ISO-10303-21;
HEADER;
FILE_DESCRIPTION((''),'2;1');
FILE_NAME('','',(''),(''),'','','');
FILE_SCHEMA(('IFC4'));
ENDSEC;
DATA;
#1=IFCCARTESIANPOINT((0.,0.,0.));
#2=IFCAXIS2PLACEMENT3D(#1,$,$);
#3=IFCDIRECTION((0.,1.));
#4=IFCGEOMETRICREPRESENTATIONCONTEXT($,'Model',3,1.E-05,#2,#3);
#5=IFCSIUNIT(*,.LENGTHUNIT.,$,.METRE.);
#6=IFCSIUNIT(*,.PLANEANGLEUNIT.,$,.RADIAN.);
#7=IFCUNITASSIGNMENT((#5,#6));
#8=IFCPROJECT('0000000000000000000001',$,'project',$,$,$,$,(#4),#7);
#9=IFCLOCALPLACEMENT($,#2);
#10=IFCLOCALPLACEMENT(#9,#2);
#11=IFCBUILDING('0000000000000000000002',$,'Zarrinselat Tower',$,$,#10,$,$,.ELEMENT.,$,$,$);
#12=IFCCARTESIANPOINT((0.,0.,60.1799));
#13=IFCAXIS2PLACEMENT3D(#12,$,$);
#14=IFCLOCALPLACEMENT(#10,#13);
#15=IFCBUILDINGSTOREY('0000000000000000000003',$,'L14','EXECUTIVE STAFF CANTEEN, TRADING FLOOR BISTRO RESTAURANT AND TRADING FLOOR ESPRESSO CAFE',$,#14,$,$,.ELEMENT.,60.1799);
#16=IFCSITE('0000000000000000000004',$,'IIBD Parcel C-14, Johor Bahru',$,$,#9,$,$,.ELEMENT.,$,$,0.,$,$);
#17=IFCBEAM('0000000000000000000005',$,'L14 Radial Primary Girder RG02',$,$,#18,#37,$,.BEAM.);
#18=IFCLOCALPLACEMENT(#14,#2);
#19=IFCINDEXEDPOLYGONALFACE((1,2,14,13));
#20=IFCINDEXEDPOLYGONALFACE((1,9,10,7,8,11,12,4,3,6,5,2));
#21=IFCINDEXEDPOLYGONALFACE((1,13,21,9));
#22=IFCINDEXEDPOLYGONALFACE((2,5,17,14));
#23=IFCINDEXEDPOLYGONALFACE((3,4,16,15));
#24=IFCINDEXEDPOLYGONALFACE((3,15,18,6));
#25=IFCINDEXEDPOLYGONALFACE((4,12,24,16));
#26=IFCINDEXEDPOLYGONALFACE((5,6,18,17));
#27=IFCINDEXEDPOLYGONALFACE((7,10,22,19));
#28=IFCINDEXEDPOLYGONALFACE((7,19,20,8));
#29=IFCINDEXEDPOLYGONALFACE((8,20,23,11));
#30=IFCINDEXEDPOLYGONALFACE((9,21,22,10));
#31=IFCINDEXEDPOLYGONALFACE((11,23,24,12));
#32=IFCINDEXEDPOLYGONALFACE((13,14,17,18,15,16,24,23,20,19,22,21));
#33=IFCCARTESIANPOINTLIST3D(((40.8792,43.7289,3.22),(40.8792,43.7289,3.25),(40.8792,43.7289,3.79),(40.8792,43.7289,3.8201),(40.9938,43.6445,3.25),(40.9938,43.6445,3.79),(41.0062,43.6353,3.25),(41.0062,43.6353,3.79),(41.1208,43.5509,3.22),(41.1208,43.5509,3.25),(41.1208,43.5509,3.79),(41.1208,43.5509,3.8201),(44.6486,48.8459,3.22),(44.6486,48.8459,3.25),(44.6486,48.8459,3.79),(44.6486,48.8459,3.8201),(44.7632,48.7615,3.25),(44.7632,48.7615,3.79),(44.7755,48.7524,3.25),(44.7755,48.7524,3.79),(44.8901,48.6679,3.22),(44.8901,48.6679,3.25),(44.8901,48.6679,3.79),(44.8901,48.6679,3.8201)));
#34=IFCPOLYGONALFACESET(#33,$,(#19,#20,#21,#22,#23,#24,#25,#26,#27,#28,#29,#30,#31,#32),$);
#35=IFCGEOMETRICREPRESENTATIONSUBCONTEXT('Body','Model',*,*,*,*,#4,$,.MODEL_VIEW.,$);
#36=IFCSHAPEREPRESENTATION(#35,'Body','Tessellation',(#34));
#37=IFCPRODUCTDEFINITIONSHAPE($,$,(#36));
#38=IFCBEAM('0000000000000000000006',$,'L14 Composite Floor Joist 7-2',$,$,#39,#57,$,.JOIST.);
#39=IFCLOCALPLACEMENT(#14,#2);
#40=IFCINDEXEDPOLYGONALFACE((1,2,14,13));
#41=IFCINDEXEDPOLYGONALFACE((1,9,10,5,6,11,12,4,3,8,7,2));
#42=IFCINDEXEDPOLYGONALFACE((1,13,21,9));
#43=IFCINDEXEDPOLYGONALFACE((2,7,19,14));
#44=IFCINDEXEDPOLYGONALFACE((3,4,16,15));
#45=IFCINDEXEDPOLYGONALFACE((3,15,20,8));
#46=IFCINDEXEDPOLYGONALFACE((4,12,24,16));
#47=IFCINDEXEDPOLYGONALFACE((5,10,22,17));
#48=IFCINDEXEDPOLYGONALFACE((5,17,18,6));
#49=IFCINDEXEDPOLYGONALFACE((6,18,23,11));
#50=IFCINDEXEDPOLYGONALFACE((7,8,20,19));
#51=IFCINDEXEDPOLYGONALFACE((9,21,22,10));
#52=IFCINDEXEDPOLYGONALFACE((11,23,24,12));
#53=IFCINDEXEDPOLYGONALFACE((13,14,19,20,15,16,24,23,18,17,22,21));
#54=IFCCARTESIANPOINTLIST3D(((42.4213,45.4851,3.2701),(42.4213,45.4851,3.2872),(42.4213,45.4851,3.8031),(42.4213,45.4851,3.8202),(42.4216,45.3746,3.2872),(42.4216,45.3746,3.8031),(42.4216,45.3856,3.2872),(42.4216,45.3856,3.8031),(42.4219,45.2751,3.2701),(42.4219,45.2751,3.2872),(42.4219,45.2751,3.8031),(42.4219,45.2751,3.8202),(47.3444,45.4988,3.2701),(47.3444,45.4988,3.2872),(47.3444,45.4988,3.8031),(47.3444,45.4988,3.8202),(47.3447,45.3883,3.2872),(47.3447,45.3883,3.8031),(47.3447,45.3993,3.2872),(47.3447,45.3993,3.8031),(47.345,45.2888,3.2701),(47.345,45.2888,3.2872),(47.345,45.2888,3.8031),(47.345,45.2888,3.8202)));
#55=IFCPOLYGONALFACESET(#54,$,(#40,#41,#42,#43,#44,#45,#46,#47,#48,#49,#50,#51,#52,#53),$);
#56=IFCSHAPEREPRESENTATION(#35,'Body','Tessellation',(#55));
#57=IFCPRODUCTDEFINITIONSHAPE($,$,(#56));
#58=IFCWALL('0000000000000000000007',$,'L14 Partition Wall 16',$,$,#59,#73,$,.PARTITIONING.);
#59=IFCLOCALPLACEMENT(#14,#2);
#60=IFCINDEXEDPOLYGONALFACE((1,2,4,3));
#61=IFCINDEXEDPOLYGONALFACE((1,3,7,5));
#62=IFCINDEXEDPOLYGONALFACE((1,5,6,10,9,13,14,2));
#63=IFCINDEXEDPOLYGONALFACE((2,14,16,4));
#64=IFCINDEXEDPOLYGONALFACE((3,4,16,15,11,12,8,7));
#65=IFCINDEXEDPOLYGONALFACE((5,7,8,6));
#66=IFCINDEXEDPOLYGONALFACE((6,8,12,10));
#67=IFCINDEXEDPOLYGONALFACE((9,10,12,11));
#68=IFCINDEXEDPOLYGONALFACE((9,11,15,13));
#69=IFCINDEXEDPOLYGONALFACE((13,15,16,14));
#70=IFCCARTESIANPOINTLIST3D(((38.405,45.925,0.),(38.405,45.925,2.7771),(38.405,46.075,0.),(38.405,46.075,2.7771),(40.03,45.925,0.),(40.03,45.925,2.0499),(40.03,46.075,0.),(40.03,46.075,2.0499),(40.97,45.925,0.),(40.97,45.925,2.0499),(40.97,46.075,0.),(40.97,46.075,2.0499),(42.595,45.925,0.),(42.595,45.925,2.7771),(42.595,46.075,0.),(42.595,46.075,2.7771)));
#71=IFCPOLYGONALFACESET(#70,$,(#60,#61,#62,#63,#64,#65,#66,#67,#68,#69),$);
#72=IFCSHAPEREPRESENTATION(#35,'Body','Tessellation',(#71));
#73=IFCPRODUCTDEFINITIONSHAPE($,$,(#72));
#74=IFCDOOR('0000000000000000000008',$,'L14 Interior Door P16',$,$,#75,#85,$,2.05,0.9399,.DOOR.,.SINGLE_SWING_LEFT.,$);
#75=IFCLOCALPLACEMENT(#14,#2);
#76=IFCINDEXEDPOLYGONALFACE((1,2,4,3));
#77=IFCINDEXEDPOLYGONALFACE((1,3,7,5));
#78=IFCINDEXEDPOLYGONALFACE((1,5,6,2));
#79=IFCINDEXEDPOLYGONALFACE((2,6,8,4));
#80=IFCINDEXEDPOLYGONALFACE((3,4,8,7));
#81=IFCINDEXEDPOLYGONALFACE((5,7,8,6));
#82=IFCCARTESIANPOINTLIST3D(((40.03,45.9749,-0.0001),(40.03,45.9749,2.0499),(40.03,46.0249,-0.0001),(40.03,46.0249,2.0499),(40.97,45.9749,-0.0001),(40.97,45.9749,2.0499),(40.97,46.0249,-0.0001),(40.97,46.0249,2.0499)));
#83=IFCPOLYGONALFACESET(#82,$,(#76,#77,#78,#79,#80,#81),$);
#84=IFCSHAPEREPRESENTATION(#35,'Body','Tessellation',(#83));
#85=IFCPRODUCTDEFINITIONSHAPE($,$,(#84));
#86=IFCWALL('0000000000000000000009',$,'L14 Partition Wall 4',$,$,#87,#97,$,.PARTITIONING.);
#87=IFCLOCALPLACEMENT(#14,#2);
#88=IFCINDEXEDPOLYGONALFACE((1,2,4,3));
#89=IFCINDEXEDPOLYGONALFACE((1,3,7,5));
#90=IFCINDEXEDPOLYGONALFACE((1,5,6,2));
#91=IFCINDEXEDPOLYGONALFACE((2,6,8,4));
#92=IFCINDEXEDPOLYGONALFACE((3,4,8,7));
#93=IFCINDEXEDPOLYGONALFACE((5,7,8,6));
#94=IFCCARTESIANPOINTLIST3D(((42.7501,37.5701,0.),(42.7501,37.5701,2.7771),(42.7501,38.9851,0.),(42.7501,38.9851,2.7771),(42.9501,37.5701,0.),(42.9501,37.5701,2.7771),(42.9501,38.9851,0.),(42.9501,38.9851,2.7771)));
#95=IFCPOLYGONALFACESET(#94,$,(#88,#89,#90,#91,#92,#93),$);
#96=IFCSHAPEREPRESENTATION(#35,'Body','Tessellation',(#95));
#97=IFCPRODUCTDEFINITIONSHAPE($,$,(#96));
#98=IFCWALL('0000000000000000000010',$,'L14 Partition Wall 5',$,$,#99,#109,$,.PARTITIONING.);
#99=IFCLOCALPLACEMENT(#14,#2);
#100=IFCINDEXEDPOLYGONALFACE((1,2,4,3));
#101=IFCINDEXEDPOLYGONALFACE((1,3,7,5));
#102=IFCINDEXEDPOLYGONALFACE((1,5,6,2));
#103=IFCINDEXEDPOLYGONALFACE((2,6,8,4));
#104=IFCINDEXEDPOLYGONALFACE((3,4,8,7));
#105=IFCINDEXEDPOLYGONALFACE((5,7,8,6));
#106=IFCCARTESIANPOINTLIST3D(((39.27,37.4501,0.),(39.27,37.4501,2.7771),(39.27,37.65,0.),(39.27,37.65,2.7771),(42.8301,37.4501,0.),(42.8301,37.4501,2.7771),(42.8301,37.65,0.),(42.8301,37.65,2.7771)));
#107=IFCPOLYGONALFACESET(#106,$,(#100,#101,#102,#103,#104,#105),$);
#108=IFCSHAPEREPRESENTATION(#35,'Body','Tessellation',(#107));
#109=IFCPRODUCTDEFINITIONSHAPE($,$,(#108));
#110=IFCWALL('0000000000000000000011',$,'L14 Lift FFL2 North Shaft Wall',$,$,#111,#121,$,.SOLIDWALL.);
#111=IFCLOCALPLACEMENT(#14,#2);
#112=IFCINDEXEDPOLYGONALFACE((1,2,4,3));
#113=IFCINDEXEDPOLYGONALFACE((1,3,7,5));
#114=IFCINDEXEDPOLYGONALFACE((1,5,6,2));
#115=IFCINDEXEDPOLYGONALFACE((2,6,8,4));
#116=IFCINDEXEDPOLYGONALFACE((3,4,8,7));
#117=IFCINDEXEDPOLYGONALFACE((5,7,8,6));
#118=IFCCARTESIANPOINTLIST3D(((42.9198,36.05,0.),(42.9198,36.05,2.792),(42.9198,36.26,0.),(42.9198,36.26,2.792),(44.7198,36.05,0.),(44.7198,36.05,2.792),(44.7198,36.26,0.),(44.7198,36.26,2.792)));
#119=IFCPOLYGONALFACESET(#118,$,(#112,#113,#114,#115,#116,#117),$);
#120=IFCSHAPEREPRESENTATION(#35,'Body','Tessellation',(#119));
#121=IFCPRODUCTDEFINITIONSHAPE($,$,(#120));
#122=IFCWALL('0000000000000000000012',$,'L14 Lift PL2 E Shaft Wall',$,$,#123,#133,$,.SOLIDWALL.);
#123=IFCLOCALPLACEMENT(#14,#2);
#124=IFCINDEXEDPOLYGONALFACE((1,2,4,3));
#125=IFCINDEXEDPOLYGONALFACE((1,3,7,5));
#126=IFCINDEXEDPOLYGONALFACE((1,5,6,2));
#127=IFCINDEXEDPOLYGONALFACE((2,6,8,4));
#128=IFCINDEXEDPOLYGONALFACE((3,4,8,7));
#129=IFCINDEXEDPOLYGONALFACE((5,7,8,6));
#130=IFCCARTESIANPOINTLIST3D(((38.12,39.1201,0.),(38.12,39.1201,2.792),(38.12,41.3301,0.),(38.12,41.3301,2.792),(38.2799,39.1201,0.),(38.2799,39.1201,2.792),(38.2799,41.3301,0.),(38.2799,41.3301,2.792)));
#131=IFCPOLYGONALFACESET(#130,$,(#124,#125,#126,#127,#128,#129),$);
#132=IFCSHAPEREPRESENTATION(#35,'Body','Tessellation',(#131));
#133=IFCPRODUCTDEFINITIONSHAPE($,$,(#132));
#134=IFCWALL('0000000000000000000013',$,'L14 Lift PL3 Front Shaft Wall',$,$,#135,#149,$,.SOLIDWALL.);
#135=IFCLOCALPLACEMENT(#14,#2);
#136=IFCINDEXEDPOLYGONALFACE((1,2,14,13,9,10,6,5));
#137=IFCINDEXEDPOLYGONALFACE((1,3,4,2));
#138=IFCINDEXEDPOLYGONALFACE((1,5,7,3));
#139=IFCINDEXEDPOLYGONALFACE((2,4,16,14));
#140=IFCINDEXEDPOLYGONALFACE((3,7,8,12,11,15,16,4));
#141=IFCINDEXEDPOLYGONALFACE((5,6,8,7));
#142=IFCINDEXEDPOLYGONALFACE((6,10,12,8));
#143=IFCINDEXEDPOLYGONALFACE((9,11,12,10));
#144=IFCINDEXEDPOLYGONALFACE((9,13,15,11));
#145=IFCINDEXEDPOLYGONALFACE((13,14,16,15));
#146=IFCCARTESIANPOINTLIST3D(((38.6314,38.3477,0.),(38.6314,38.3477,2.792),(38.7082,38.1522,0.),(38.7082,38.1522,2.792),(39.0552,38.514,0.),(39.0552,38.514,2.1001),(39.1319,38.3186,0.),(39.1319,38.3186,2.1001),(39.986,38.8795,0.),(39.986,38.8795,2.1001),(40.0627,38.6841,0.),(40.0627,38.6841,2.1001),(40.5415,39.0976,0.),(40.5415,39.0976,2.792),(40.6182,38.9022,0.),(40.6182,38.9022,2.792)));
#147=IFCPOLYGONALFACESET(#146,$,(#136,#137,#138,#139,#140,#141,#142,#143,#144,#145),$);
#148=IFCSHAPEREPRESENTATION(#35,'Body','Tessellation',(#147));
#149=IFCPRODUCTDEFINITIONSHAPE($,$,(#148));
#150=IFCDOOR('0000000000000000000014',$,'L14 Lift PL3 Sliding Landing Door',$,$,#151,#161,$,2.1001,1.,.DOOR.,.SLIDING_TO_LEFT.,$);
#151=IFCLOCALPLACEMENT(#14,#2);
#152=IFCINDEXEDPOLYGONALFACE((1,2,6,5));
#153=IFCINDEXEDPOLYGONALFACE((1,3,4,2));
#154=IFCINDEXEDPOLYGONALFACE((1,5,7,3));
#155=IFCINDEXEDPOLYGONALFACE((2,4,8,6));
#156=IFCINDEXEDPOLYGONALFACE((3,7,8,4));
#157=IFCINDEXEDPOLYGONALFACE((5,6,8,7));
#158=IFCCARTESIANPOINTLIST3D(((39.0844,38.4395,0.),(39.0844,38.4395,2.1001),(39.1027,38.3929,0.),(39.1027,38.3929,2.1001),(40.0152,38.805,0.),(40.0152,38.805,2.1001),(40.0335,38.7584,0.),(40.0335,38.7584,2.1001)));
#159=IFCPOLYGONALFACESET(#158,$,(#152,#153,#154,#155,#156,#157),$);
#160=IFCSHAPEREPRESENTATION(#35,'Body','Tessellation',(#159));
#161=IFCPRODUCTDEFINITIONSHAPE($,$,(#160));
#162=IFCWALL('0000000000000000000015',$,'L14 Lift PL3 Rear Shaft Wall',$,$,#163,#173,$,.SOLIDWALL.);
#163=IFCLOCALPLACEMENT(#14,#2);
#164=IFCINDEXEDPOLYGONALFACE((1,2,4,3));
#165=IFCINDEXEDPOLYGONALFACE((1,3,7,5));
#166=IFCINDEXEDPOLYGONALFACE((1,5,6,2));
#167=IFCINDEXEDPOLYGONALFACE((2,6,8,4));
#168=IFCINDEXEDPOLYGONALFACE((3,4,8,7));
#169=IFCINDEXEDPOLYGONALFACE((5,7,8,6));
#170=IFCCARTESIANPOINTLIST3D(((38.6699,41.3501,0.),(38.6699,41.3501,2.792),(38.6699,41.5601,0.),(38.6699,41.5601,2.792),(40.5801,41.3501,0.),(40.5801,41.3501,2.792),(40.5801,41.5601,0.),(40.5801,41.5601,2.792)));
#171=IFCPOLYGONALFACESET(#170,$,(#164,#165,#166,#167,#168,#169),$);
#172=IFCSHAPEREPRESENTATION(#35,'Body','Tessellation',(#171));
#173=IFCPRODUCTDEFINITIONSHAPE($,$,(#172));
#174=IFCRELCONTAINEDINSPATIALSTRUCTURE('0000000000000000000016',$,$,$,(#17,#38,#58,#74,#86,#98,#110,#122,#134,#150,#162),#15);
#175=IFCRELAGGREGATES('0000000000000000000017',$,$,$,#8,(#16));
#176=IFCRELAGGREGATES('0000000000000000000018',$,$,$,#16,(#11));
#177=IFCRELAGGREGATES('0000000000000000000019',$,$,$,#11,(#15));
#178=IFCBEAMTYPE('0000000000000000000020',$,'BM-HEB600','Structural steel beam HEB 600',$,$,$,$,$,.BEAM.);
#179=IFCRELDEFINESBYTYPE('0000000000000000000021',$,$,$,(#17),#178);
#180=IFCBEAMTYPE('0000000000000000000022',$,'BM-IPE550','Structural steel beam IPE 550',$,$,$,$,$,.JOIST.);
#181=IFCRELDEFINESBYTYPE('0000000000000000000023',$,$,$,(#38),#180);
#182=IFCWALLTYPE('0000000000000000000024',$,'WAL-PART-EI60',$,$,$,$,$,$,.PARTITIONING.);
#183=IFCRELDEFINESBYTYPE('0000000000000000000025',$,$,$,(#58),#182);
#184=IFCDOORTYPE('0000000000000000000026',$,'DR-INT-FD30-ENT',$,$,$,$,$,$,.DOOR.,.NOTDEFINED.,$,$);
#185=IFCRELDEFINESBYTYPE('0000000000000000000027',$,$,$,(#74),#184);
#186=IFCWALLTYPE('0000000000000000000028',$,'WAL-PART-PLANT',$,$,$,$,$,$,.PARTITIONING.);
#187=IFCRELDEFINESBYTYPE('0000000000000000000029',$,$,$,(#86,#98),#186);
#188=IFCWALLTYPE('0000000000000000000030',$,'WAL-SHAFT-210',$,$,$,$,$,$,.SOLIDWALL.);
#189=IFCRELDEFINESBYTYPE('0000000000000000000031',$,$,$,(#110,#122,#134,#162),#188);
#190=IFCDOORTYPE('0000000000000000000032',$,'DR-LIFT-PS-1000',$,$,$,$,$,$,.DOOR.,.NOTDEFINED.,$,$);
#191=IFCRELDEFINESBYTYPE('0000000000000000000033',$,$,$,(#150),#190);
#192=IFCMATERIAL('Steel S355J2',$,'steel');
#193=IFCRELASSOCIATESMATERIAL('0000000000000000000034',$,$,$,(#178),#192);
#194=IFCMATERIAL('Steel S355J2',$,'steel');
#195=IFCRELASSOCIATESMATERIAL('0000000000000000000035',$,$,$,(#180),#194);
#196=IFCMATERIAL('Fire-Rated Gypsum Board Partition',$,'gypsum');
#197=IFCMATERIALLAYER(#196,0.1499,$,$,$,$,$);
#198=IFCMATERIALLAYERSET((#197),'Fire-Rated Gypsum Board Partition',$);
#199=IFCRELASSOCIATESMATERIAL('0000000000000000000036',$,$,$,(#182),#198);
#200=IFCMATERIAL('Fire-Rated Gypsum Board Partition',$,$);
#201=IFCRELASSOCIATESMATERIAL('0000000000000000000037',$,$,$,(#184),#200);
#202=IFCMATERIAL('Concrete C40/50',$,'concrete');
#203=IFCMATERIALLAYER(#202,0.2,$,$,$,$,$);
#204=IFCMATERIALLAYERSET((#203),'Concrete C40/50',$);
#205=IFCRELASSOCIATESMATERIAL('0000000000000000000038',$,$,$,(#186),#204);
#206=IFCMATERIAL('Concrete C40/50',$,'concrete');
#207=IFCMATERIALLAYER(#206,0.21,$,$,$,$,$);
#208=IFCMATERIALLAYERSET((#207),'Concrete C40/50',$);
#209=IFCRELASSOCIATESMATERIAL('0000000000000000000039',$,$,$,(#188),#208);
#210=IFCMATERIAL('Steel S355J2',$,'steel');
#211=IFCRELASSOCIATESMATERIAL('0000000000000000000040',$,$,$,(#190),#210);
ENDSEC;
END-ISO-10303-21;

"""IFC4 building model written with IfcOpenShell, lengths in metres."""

from ifc_helpers import new_model, si_unit, direction, frame, frame_2d, origin, origin_2d, place, context, subcontext, project, spatial, rectangle, i_section, extrude, material, layer, layer_set, material_profile, profile_set, type_object, element, fill, save


model = new_model("IFC4")

# Units and contexts
model_context = context("Model", 3, precision=1e-05, world=origin(), true_north=direction((0.0, 1.0)))
body_context = subcontext(model_context, "Body", "Model", "MODEL_VIEW")
ifc_project = project(units=[si_unit("LENGTHUNIT", "METRE"), si_unit("PLANEANGLEUNIT", "RADIAN")], contexts=[model_context])

# Site, building, storey
site_placement = place(None, origin())
site = spatial("IfcSite", under=ifc_project, at=site_placement, Name="IIBD Parcel C-14, Johor Bahru", CompositionType="ELEMENT", RefElevation=0.0)
building_placement = place(site_placement, origin())
building = spatial("IfcBuilding", under=site, at=building_placement, Name="Zarrinselat Tower", CompositionType="ELEMENT")
storey_placement = place(building_placement, frame((0.0, 0.0, 60.1799)))
storey = spatial("IfcBuildingStorey", under=building, at=storey_placement, Name="L14", Description="EXECUTIVE STAFF CANTEEN, TRADING FLOOR BISTRO RESTAURANT AND TRADING FLOOR ESPRESSO CAFE", CompositionType="ELEMENT", Elevation=60.1799)

# Beams
ifc_material_1 = material(Name="Steel S355J2", Category="steel")
ifc_material_profile_1 = material_profile(ifc_material_1, i_section(OverallWidth=0.3, OverallDepth=0.6001, WebThickness=0.0154, FlangeThickness=0.03, at=origin_2d()), Name="HEB 600")
ifc_profile_set_1 = profile_set([ifc_material_profile_1], Name="Steel S355J2")
beam_type_1 = type_object("IfcBeamType", Name="BM-HEB600", Description="Structural steel beam HEB 600", PredefinedType="BEAM", material=ifc_profile_set_1)
beam_1_placement = place(storey_placement, frame((41.0, 43.6399, 3.52), z_axis=(0.593088, 0.805138, 0.0), x_axis=(-0.805138, 0.593088, 0.0)))
element("IfcBeam", 1, at=beam_1_placement, inside=storey, type_object=beam_type_1, Name="L14 Radial Primary Girder RG02", PredefinedType="BEAM", context=body_context, shape_type="SweptSolid", body=[
    extrude(i_section(OverallWidth=0.3, OverallDepth=0.6001, WebThickness=0.0154, FlangeThickness=0.03, at=origin_2d()), origin(), (0.0, 0.0, 1.0), 6.3555),
])
ifc_material_2 = material(Name="Steel S355J2", Category="steel")
ifc_material_profile_2 = material_profile(ifc_material_2, i_section(OverallWidth=0.21, OverallDepth=0.55, WebThickness=0.011, FlangeThickness=0.0171, at=origin_2d()), Name="IPE 550")
ifc_profile_set_2 = profile_set([ifc_material_profile_2], Name="Steel S355J2")
beam_type_2 = type_object("IfcBeamType", Name="BM-IPE550", Description="Structural steel beam IPE 550", PredefinedType="JOIST", material=ifc_profile_set_2)
beam_2_placement = place(storey_placement, frame((42.4216, 45.3801, 3.5452), z_axis=(0.999996, 0.002777, 0.0), x_axis=(-0.002777, 0.999996, 0.0)))
element("IfcBeam", 2, at=beam_2_placement, inside=storey, type_object=beam_type_2, Name="L14 Composite Floor Joist 7-2", PredefinedType="JOIST", context=body_context, shape_type="SweptSolid", body=[
    extrude(i_section(OverallWidth=0.21, OverallDepth=0.55, WebThickness=0.011, FlangeThickness=0.0171, at=origin_2d()), origin(), (0.0, 0.0, 1.0), 4.9231),
])

# Wall, opening, door
ifc_material_3 = material(Name="Fire-Rated Gypsum Board Partition", Category="gypsum")
ifc_layer_1 = layer(ifc_material_3, 0.1499)
ifc_layer_set_1 = layer_set([ifc_layer_1], Name="Fire-Rated Gypsum Board Partition")
wall_type_1 = type_object("IfcWallType", Name="WAL-PART-EI60", PredefinedType="PARTITIONING", material=ifc_layer_set_1)
wall_1_placement = place(storey_placement, frame((38.405, 46.0, 0.0), z_axis=(0.0, 0.0, 1.0), x_axis=(1.0, 0.0, 0.0)))
wall_1 = element("IfcWall", 3, at=wall_1_placement, inside=storey, type_object=wall_type_1, Name="L14 Partition Wall 16", PredefinedType="PARTITIONING", context=body_context, shape_type="SweptSolid", body=[
    extrude(rectangle(XDim=4.1899, YDim=0.1499, at=frame_2d((2.095, 0.0))), origin(), (0.0, 0.0, 1.0), 2.7771),
])
opening_1_placement = place(wall_1_placement, frame((1.625, 0.0, 0.0)))
opening_1 = element("IfcOpeningElement", 4, at=opening_1_placement, cuts=wall_1, PredefinedType="OPENING", context=body_context, shape_type="SweptSolid", body=[
    extrude(rectangle(XDim=0.9399, YDim=2.05, at=frame_2d((0.47, 1.0249))), frame((0.0, 0.085, 0.0), z_axis=(0.0, -1.0, 0.0), x_axis=(1.0, 0.0, 0.0)), (0.0, 0.0, 1.0), 0.1699),
])
ifc_material_4 = material(Name="Fire-Rated Gypsum Board Partition")
door_type_1 = type_object("IfcDoorType", Name="DR-INT-FD30-ENT", OperationType="NOTDEFINED", PredefinedType="DOOR", material=ifc_material_4)
door_1_placement = place(opening_1_placement, origin())
door_1 = element("IfcDoor", 5, at=door_1_placement, inside=storey, type_object=door_type_1, Name="L14 Interior Door P16", OperationType="SINGLE_SWING_LEFT", OverallHeight=2.05, OverallWidth=0.9399, PredefinedType="DOOR", context=body_context, shape_type="SweptSolid", body=[
    extrude(rectangle(XDim=0.9399, YDim=2.05, at=frame_2d((0.47, 1.0249))), frame((0.0, 0.0249, 0.0), z_axis=(0.0, -1.0, 0.0), x_axis=(1.0, 0.0, 0.0)), (0.0, 0.0, 1.0), 0.05),
])
fill(opening_1, door_1)

# Walls
ifc_material_5 = material(Name="Concrete C40/50", Category="concrete")
ifc_layer_2 = layer(ifc_material_5, 0.2)
ifc_layer_set_2 = layer_set([ifc_layer_2], Name="Concrete C40/50")
wall_type_2 = type_object("IfcWallType", Name="WAL-PART-PLANT", PredefinedType="PARTITIONING", material=ifc_layer_set_2)
wall_2_placement = place(storey_placement, frame((42.8501, 37.5701, 0.0), z_axis=(0.0, 0.0, 1.0), x_axis=(0.0, 1.0, 0.0)))
element("IfcWall", 6, at=wall_2_placement, inside=storey, type_object=wall_type_2, Name="L14 Partition Wall 4", PredefinedType="PARTITIONING", context=body_context, shape_type="SweptSolid", body=[
    extrude(rectangle(XDim=1.415, YDim=0.2, at=frame_2d((0.7075, 0.0))), origin(), (0.0, 0.0, 1.0), 2.7771),
])
wall_3_placement = place(storey_placement, frame((39.27, 37.55, 0.0), z_axis=(0.0, 0.0, 1.0), x_axis=(1.0, 0.0, 0.0)))
element("IfcWall", 7, at=wall_3_placement, inside=storey, type_object=wall_type_2, Name="L14 Partition Wall 5", PredefinedType="PARTITIONING", context=body_context, shape_type="SweptSolid", body=[
    extrude(rectangle(XDim=3.5601, YDim=0.2, at=frame_2d((1.78, 0.0))), origin(), (0.0, 0.0, 1.0), 2.7771),
])
ifc_material_6 = material(Name="Concrete C40/50", Category="concrete")
ifc_layer_3 = layer(ifc_material_6, 0.21)
ifc_layer_set_3 = layer_set([ifc_layer_3], Name="Concrete C40/50")
wall_type_3 = type_object("IfcWallType", Name="WAL-SHAFT-210", PredefinedType="SOLIDWALL", material=ifc_layer_set_3)
wall_4_placement = place(storey_placement, frame((42.9199, 36.155, 0.0), z_axis=(0.0, 0.0, 1.0), x_axis=(1.0, 0.0, 0.0)))
element("IfcWall", 8, at=wall_4_placement, inside=storey, type_object=wall_type_3, Name="L14 Lift FFL2 North Shaft Wall", PredefinedType="SOLIDWALL", context=body_context, shape_type="SweptSolid", body=[
    extrude(rectangle(XDim=1.8, YDim=0.21, at=frame_2d((0.8999, 0.0))), origin(), (0.0, 0.0, 1.0), 2.792),
])
wall_5_placement = place(storey_placement, frame((38.2, 39.1201, 0.0), z_axis=(0.0, 0.0, 1.0), x_axis=(0.0, 1.0, 0.0)))
element("IfcWall", 9, at=wall_5_placement, inside=storey, type_object=wall_type_3, Name="L14 Lift PL2 E Shaft Wall", PredefinedType="SOLIDWALL", context=body_context, shape_type="SweptSolid", body=[
    extrude(rectangle(XDim=2.21, YDim=0.1599, at=frame_2d((1.105, 0.0))), origin(), (0.0, 0.0, 1.0), 2.792),
])

# Wall, opening, door
wall_6_placement = place(storey_placement, frame((38.6699, 38.25, 0.0), z_axis=(0.0, 0.0, 1.0), x_axis=(0.930821, 0.365476, 0.0)))
wall_6 = element("IfcWall", 10, at=wall_6_placement, inside=storey, type_object=wall_type_3, Name="L14 Lift PL3 Front Shaft Wall", PredefinedType="SOLIDWALL", context=body_context, shape_type="SweptSolid", body=[
    extrude(rectangle(XDim=2.052, YDim=0.21, at=frame_2d((1.0259, 0.0))), origin(), (0.0, 0.0, 1.0), 2.792),
])
opening_2_placement = place(wall_6_placement, frame((0.4551, 0.0, 0.0)))
opening_2 = element("IfcOpeningElement", 11, at=opening_2_placement, cuts=wall_6, PredefinedType="OPENING", context=body_context, shape_type="SweptSolid", body=[
    extrude(rectangle(XDim=1.0, YDim=2.1001, at=frame_2d((0.5, 1.05))), frame((0.0, 0.115, 0.0), z_axis=(0.0, -1.0, 0.0), x_axis=(1.0, 0.0, 0.0)), (0.0, 0.0, 1.0), 0.23),
])
ifc_material_7 = material(Name="Steel S355J2", Category="steel")
door_type_2 = type_object("IfcDoorType", Name="DR-LIFT-PS-1000", OperationType="NOTDEFINED", PredefinedType="DOOR", material=ifc_material_7)
door_2_placement = place(opening_2_placement, origin())
door_2 = element("IfcDoor", 12, at=door_2_placement, inside=storey, type_object=door_type_2, Name="L14 Lift PL3 Sliding Landing Door", OperationType="SLIDING_TO_LEFT", OverallHeight=2.1001, OverallWidth=1.0, PredefinedType="DOOR", context=body_context, shape_type="SweptSolid", body=[
    extrude(rectangle(XDim=1.0, YDim=2.1001, at=frame_2d((0.5, 1.05))), frame((0.0, 0.0249, 0.0), z_axis=(0.0, -1.0, 0.0), x_axis=(1.0, 0.0, 0.0)), (0.0, 0.0, 1.0), 0.05),
])
fill(opening_2, door_2)

# Wall
wall_7_placement = place(storey_placement, frame((38.6699, 41.4551, 0.0), z_axis=(0.0, 0.0, 1.0), x_axis=(1.0, 0.0, 0.0)))
element("IfcWall", 13, at=wall_7_placement, inside=storey, type_object=wall_type_3, Name="L14 Lift PL3 Rear Shaft Wall", PredefinedType="SOLIDWALL", context=body_context, shape_type="SweptSolid", body=[
    extrude(rectangle(XDim=1.9102, YDim=0.21, at=frame_2d((0.9551, 0.0))), origin(), (0.0, 0.0, 1.0), 2.792),
])

save(model, "model.ifc")
